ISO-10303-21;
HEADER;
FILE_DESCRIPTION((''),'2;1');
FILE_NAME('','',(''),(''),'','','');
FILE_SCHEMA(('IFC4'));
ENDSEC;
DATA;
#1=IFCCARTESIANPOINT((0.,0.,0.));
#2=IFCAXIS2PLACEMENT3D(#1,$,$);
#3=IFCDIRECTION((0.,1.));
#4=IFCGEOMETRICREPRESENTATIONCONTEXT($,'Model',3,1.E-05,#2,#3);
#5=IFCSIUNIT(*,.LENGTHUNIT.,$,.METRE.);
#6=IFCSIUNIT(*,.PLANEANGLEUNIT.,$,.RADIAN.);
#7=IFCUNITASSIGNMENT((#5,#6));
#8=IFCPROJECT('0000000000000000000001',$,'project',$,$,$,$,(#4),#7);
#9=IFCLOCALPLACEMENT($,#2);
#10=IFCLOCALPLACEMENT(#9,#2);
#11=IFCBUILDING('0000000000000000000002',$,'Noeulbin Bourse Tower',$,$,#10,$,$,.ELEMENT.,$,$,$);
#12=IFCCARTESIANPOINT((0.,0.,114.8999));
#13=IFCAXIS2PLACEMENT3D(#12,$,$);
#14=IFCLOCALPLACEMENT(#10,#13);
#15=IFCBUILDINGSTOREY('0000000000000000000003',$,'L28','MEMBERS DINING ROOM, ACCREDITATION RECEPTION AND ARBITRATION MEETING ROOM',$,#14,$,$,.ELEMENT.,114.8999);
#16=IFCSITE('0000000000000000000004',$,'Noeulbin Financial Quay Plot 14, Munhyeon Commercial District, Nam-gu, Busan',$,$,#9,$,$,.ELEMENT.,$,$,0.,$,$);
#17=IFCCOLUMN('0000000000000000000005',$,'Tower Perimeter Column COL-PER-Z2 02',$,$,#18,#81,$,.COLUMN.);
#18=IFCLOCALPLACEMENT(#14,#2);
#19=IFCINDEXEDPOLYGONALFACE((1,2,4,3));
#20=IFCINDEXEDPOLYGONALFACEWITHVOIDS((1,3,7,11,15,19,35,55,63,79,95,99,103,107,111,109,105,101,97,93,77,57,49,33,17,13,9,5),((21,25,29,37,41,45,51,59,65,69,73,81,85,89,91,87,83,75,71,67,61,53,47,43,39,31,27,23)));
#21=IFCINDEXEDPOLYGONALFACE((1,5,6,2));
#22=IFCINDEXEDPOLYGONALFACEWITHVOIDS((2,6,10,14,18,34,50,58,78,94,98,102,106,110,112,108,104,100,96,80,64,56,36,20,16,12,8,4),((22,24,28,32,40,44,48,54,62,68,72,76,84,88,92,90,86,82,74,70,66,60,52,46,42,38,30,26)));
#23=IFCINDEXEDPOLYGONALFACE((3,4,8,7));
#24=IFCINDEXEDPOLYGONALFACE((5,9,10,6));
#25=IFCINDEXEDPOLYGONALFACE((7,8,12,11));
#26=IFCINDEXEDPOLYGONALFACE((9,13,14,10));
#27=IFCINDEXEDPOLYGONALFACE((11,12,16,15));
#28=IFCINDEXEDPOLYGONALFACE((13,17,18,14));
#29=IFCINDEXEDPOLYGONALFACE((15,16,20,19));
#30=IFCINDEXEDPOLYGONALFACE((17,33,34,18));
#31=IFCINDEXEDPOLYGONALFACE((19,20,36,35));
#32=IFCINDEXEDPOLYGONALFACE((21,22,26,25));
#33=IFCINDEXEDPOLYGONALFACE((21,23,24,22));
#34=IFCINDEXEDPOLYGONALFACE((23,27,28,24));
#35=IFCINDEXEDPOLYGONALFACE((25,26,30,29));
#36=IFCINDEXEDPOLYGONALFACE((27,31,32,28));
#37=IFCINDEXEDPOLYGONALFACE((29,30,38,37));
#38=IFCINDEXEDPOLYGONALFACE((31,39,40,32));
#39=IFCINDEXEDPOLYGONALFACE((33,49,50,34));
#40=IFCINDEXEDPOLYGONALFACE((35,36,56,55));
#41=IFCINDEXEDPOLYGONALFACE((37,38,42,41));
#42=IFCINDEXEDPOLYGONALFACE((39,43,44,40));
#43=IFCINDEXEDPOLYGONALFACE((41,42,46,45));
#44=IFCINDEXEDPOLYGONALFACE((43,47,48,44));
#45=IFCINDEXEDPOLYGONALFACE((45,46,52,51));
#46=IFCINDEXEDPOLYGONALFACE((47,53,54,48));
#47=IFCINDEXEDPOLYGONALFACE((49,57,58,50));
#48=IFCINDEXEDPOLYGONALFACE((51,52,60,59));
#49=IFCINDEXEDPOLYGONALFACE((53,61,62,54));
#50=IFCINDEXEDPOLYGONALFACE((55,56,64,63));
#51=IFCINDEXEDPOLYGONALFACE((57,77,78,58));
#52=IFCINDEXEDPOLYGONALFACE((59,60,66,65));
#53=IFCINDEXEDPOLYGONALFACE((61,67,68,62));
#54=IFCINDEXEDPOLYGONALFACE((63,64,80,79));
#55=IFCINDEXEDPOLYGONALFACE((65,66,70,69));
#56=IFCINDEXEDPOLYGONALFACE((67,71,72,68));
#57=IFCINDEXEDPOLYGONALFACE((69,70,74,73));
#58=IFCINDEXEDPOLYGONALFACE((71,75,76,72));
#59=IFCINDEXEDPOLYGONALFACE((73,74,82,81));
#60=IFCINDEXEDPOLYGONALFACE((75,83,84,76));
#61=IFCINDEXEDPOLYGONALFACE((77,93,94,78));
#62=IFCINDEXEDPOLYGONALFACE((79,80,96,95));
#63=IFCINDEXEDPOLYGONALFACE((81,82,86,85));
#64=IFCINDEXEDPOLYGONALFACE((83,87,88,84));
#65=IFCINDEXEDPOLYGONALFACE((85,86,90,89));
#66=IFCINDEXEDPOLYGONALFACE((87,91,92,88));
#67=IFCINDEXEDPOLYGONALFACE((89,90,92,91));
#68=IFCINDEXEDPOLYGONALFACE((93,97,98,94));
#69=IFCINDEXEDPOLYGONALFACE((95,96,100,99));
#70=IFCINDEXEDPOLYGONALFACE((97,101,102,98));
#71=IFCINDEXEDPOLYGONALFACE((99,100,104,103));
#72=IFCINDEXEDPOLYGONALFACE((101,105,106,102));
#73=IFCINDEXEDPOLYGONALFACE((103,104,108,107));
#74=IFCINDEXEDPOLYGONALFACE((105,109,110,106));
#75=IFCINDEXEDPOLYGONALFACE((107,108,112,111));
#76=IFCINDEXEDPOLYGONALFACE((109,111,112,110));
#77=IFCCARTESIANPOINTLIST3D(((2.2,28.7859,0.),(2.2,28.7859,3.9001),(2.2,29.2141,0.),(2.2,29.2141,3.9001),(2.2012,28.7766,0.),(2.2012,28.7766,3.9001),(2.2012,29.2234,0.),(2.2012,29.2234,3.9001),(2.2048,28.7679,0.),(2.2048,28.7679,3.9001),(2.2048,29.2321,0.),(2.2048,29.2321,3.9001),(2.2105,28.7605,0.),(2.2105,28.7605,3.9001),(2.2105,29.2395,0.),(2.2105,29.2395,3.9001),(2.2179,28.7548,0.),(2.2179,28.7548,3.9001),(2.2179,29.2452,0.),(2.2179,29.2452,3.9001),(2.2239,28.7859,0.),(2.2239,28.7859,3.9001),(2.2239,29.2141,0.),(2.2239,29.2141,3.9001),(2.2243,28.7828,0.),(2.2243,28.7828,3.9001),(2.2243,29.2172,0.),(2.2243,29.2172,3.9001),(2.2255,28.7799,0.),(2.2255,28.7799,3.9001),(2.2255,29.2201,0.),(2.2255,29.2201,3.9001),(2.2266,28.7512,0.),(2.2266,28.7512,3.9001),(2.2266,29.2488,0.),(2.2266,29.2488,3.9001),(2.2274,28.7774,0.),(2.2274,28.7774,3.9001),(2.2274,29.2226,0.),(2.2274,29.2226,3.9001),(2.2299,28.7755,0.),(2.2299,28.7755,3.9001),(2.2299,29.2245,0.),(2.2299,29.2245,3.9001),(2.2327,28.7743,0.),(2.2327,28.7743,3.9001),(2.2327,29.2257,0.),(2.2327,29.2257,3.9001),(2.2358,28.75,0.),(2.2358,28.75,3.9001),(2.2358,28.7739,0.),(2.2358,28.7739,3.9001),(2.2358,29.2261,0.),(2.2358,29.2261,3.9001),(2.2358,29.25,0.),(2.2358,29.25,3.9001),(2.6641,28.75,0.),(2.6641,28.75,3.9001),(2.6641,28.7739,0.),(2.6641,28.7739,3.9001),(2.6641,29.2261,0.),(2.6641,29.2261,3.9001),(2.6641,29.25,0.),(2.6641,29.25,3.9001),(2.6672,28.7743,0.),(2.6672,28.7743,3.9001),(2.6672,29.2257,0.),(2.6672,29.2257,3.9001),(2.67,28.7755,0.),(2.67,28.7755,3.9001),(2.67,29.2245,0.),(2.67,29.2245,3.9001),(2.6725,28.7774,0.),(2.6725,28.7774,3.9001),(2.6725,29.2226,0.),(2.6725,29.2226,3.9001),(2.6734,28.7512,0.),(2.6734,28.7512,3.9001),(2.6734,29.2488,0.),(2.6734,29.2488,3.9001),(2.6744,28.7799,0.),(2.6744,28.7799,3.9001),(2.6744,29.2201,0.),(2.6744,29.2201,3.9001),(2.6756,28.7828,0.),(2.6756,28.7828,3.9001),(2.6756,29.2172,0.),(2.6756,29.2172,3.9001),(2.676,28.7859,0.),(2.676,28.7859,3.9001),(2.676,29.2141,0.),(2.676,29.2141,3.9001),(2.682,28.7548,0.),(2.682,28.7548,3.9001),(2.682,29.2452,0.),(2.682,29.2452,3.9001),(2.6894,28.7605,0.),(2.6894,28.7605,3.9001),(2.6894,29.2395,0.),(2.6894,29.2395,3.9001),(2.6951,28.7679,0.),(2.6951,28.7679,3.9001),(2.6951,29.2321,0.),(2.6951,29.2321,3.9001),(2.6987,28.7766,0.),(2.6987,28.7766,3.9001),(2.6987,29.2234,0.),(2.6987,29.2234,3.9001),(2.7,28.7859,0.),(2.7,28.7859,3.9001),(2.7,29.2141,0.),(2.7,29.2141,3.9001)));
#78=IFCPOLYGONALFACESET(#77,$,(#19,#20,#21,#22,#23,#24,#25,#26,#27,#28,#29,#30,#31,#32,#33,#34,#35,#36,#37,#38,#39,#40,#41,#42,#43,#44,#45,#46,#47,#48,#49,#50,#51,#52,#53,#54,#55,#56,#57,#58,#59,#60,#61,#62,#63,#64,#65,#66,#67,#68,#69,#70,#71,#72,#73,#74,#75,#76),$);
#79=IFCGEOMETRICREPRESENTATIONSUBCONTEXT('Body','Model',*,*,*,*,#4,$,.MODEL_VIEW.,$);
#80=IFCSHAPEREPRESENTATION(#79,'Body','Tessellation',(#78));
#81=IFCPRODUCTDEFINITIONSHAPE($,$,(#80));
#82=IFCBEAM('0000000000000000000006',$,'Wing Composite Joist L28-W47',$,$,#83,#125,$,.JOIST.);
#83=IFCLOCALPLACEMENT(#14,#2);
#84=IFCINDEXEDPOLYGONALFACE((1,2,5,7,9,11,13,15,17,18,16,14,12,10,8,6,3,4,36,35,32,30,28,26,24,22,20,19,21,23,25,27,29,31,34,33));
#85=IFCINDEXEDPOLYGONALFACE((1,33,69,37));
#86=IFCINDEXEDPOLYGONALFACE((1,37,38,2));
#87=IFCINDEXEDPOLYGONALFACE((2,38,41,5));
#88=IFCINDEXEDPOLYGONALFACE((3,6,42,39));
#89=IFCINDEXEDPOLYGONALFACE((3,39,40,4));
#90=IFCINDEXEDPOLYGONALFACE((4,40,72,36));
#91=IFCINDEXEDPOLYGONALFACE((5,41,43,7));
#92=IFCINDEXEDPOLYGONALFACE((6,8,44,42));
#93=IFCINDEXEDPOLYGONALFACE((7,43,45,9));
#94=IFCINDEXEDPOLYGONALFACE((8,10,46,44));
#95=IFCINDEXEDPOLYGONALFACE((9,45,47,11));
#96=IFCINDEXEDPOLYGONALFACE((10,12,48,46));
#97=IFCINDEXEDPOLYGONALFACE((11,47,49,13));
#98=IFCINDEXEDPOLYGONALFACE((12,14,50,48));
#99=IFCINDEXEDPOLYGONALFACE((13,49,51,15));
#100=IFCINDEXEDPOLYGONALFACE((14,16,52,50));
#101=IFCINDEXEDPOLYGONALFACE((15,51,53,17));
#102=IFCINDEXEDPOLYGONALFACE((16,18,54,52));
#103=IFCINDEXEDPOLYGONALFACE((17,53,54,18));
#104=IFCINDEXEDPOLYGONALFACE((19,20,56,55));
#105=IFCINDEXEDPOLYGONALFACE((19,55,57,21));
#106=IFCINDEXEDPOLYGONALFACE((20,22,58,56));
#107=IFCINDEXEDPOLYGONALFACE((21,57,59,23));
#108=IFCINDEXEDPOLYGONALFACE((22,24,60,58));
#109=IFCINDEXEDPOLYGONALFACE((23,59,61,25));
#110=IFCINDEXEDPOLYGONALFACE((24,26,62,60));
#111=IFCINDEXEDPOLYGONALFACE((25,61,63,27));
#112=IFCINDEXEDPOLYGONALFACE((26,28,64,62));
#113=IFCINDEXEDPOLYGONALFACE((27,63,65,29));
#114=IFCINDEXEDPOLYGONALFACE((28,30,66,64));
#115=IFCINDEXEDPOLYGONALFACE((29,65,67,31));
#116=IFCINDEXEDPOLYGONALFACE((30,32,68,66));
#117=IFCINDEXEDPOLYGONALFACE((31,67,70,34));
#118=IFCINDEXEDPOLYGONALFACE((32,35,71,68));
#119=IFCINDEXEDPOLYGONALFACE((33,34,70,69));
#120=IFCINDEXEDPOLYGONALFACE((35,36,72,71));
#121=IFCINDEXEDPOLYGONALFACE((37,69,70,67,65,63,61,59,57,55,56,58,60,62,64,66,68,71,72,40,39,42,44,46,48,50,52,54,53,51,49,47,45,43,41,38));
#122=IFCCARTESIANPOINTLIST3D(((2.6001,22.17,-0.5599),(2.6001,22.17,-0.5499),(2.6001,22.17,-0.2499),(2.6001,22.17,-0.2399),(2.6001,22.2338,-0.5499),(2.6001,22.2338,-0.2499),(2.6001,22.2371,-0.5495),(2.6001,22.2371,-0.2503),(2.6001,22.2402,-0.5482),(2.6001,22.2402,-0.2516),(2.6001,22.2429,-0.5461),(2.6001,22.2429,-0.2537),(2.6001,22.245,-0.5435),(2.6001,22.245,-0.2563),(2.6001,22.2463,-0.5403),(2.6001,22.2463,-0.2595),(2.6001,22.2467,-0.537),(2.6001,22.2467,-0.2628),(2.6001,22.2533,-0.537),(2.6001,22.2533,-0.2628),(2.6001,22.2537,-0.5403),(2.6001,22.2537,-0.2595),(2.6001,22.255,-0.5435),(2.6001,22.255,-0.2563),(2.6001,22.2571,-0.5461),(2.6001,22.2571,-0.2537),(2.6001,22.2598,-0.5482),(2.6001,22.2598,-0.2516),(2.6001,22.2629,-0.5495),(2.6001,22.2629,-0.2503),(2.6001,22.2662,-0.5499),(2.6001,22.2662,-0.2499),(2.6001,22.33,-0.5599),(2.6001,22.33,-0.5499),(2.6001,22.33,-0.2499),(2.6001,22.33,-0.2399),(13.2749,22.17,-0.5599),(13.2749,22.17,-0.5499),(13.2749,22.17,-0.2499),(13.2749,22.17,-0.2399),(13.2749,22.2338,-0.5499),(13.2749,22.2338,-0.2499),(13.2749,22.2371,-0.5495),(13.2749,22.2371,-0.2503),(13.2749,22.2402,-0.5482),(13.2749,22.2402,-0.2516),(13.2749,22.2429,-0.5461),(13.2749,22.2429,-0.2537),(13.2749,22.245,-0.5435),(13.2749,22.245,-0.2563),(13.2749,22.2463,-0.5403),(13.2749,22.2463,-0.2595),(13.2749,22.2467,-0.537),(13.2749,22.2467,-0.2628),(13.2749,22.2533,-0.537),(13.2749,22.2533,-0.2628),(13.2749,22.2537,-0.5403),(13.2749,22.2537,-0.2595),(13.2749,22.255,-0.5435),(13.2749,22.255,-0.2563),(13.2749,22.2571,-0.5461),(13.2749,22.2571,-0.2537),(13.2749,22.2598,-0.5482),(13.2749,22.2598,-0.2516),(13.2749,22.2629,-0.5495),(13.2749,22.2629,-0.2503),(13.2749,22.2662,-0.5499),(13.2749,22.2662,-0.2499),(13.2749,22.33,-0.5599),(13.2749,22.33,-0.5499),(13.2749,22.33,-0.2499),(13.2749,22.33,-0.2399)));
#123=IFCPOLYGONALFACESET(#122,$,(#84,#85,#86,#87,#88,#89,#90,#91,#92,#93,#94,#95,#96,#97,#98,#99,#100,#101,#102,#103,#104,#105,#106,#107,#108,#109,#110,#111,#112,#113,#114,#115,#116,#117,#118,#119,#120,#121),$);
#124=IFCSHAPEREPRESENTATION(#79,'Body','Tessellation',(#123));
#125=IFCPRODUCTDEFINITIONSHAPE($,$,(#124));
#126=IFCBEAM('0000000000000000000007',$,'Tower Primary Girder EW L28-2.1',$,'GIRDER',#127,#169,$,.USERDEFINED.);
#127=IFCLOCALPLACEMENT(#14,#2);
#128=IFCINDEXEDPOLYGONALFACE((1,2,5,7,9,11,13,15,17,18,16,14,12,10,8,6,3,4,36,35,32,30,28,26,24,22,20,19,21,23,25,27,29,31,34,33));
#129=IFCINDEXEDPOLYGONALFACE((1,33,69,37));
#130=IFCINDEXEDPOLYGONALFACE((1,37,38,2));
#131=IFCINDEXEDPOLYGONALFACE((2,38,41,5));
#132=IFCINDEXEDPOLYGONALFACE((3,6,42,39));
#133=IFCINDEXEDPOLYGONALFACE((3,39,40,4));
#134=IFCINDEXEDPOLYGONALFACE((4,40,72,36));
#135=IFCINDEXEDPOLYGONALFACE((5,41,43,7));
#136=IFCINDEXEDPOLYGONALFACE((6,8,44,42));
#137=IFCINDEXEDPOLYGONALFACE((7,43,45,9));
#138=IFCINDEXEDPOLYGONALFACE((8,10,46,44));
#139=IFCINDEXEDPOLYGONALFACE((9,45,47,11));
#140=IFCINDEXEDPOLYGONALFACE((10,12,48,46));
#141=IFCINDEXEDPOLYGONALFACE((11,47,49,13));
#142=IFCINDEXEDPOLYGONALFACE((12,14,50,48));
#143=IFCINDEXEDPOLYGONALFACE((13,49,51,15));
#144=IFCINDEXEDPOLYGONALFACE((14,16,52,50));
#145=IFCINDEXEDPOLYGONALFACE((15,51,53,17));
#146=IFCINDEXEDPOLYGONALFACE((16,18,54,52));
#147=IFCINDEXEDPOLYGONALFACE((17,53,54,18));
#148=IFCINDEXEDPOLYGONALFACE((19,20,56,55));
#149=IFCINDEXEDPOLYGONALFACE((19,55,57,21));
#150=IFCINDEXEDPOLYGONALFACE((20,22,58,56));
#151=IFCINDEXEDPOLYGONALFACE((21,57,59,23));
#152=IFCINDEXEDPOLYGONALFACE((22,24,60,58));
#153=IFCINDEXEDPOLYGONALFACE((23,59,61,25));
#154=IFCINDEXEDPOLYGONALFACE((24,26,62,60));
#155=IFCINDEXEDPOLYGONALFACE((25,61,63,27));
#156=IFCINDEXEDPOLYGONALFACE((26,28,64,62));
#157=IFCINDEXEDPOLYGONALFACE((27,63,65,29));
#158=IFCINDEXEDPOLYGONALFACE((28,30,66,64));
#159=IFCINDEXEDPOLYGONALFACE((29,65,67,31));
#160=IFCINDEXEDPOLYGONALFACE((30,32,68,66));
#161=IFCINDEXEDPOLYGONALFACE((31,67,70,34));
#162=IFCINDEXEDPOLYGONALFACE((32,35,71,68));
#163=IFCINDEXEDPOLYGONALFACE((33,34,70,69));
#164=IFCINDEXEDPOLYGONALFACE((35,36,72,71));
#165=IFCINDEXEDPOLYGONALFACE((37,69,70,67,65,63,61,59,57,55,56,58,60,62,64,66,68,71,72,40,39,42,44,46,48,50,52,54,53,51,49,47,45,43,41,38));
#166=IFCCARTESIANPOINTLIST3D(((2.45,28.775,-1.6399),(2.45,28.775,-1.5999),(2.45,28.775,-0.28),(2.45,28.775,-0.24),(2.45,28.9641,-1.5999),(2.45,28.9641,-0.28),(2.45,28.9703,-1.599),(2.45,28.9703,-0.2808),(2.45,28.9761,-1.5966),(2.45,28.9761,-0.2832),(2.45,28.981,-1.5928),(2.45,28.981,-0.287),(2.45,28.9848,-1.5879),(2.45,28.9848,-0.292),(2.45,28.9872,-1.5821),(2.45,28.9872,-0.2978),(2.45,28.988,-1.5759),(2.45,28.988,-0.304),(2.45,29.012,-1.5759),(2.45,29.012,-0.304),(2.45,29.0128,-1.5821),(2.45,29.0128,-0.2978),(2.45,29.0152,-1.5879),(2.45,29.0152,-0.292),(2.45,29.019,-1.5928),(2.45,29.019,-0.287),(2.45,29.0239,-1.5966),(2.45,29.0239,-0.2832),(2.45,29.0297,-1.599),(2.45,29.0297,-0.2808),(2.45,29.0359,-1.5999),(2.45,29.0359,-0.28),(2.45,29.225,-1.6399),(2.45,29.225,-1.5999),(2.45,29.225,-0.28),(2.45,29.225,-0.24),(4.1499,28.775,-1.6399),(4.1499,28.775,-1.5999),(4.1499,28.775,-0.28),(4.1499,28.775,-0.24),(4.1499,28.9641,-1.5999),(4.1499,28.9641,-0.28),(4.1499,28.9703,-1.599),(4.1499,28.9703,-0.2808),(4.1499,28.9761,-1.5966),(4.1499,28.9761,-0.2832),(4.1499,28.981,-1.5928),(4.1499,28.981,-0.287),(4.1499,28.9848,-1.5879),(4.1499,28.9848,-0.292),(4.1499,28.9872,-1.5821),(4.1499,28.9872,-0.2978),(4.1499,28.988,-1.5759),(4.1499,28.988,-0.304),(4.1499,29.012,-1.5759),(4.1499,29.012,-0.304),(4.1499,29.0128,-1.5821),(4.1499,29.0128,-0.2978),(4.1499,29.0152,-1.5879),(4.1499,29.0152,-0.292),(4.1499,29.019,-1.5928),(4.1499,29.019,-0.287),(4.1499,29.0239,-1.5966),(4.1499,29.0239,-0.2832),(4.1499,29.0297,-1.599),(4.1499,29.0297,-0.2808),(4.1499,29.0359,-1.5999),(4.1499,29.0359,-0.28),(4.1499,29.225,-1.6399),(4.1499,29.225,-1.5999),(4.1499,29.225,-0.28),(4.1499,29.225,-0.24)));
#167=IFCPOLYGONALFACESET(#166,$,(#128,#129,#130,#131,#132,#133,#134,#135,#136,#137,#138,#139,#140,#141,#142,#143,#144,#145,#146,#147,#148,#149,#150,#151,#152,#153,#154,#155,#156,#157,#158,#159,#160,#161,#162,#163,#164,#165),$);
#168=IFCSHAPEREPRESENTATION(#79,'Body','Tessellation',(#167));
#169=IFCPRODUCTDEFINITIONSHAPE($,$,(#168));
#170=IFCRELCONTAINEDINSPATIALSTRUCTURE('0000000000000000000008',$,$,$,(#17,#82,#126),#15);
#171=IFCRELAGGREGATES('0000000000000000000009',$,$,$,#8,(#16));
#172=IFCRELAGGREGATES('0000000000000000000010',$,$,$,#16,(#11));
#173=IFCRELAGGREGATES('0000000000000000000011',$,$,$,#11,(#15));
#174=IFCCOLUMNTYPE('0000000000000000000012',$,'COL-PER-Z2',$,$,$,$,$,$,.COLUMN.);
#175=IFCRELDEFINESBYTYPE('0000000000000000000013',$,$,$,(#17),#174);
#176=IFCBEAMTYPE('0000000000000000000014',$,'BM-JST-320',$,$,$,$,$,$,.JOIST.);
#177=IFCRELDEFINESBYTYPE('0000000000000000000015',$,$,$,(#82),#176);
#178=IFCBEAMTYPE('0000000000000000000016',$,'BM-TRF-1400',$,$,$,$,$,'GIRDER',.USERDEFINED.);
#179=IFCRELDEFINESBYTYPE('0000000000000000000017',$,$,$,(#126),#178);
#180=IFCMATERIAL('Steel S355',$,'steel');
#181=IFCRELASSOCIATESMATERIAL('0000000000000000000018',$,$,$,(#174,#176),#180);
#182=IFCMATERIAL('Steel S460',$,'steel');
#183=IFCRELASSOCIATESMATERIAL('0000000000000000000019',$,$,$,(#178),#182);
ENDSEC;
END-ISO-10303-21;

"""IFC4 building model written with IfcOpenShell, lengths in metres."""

from ifc_helpers import new_model, si_unit, direction, frame, origin, origin_2d, place, context, subcontext, project, spatial, hollow_rectangle, i_section, extrude, material, material_profile, profile_set, type_object, element, save


model = new_model("IFC4")

# Units and contexts
model_context = context("Model", 3, precision=1e-05, world=origin(), true_north=direction((0.0, 1.0)))
body_context = subcontext(model_context, "Body", "Model", "MODEL_VIEW")
ifc_project = project(units=[si_unit("LENGTHUNIT", "METRE"), si_unit("PLANEANGLEUNIT", "RADIAN")], contexts=[model_context])

# Site, building, storey
site_placement = place(None, origin())
site = spatial("IfcSite", under=ifc_project, at=site_placement, Name="Noeulbin Financial Quay Plot 14, Munhyeon Commercial District, Nam-gu, Busan", CompositionType="ELEMENT", RefElevation=0.0)
building_placement = place(site_placement, origin())
building = spatial("IfcBuilding", under=site, at=building_placement, Name="Noeulbin Bourse Tower", CompositionType="ELEMENT")
storey_placement = place(building_placement, frame((0.0, 0.0, 114.8999)))
storey = spatial("IfcBuildingStorey", under=building, at=storey_placement, Name="L28", Description="MEMBERS DINING ROOM, ACCREDITATION RECEPTION AND ARBITRATION MEETING ROOM", CompositionType="ELEMENT", Elevation=114.8999)

# Column
ifc_material_1 = material(Name="Steel S355", Category="steel")
ifc_material_profile_1 = material_profile(ifc_material_1, hollow_rectangle(XDim=0.5, YDim=0.5, WallThickness=0.0239, InnerFilletRadius=0.012, OuterFilletRadius=0.0359, at=origin_2d()), Name="BOX-500x500x24", Category="LoadBearing")
ifc_profile_set_1 = profile_set([ifc_material_profile_1], Name="Steel S355")
column_type = type_object("IfcColumnType", Name="COL-PER-Z2", PredefinedType="COLUMN", material=ifc_profile_set_1)
column_placement = place(storey_placement, frame((2.45, 29.0, 0.0), z_axis=(0.0, 0.0, 1.0), x_axis=(1.0, 0.0, 0.0)))
element("IfcColumn", 1, at=column_placement, inside=storey, type_object=column_type, Name="Tower Perimeter Column COL-PER-Z2 02", PredefinedType="COLUMN", context=body_context, shape_type="SweptSolid", body=[
    extrude(hollow_rectangle(XDim=0.5, YDim=0.5, WallThickness=0.0239, InnerFilletRadius=0.012, OuterFilletRadius=0.0359, at=origin_2d()), origin(), (0.0, 0.0, 1.0), 3.9001),
])

# Beams
ifc_material_profile_2 = material_profile(ifc_material_1, i_section(OverallWidth=0.1599, OverallDepth=0.3201, WebThickness=0.0066, FlangeThickness=0.01, FilletRadius=0.0129, at=origin_2d()), Name="H-320x160x6.5x10", Category="LoadBearing")
ifc_profile_set_2 = profile_set([ifc_material_profile_2], Name="Steel S355")
beam_type_1 = type_object("IfcBeamType", Name="BM-JST-320", PredefinedType="JOIST", material=ifc_profile_set_2)
beam_1_placement = place(storey_placement, frame((2.6001, 22.25, -0.3999), z_axis=(1.0, 0.0, 0.0), x_axis=(0.0, 1.0, 0.0)))
element("IfcBeam", 2, at=beam_1_placement, inside=storey, type_object=beam_type_1, Name="Wing Composite Joist L28-W47", PredefinedType="JOIST", context=body_context, shape_type="SweptSolid", body=[
    extrude(i_section(OverallWidth=0.1599, OverallDepth=0.3201, WebThickness=0.0066, FlangeThickness=0.01, FilletRadius=0.0129, at=origin_2d()), origin(), (0.0, 0.0, 1.0), 10.6748),
])
ifc_material_2 = material(Name="Steel S460", Category="steel")
ifc_material_profile_3 = material_profile(ifc_material_2, i_section(OverallWidth=0.45, OverallDepth=1.3999, WebThickness=0.0239, FlangeThickness=0.04, FilletRadius=0.0239, at=origin_2d()), Name="PG-1400x450x24x40", Category="LoadBearing")
ifc_profile_set_3 = profile_set([ifc_material_profile_3], Name="Steel S460")
beam_type_2 = type_object("IfcBeamType", Name="BM-TRF-1400", ElementType="GIRDER", PredefinedType="USERDEFINED", material=ifc_profile_set_3)
beam_2_placement = place(storey_placement, frame((2.45, 29.0, -0.9399), z_axis=(1.0, 0.0, 0.0), x_axis=(0.0, 1.0, 0.0)))
element("IfcBeam", 3, at=beam_2_placement, inside=storey, type_object=beam_type_2, Name="Tower Primary Girder EW L28-2.1", ObjectType="GIRDER", PredefinedType="USERDEFINED", context=body_context, shape_type="SweptSolid", body=[
    extrude(i_section(OverallWidth=0.45, OverallDepth=1.3999, WebThickness=0.0239, FlangeThickness=0.04, FilletRadius=0.0239, at=origin_2d()), origin(), (0.0, 0.0, 1.0), 1.7),
])

save(model, "model.ifc")
